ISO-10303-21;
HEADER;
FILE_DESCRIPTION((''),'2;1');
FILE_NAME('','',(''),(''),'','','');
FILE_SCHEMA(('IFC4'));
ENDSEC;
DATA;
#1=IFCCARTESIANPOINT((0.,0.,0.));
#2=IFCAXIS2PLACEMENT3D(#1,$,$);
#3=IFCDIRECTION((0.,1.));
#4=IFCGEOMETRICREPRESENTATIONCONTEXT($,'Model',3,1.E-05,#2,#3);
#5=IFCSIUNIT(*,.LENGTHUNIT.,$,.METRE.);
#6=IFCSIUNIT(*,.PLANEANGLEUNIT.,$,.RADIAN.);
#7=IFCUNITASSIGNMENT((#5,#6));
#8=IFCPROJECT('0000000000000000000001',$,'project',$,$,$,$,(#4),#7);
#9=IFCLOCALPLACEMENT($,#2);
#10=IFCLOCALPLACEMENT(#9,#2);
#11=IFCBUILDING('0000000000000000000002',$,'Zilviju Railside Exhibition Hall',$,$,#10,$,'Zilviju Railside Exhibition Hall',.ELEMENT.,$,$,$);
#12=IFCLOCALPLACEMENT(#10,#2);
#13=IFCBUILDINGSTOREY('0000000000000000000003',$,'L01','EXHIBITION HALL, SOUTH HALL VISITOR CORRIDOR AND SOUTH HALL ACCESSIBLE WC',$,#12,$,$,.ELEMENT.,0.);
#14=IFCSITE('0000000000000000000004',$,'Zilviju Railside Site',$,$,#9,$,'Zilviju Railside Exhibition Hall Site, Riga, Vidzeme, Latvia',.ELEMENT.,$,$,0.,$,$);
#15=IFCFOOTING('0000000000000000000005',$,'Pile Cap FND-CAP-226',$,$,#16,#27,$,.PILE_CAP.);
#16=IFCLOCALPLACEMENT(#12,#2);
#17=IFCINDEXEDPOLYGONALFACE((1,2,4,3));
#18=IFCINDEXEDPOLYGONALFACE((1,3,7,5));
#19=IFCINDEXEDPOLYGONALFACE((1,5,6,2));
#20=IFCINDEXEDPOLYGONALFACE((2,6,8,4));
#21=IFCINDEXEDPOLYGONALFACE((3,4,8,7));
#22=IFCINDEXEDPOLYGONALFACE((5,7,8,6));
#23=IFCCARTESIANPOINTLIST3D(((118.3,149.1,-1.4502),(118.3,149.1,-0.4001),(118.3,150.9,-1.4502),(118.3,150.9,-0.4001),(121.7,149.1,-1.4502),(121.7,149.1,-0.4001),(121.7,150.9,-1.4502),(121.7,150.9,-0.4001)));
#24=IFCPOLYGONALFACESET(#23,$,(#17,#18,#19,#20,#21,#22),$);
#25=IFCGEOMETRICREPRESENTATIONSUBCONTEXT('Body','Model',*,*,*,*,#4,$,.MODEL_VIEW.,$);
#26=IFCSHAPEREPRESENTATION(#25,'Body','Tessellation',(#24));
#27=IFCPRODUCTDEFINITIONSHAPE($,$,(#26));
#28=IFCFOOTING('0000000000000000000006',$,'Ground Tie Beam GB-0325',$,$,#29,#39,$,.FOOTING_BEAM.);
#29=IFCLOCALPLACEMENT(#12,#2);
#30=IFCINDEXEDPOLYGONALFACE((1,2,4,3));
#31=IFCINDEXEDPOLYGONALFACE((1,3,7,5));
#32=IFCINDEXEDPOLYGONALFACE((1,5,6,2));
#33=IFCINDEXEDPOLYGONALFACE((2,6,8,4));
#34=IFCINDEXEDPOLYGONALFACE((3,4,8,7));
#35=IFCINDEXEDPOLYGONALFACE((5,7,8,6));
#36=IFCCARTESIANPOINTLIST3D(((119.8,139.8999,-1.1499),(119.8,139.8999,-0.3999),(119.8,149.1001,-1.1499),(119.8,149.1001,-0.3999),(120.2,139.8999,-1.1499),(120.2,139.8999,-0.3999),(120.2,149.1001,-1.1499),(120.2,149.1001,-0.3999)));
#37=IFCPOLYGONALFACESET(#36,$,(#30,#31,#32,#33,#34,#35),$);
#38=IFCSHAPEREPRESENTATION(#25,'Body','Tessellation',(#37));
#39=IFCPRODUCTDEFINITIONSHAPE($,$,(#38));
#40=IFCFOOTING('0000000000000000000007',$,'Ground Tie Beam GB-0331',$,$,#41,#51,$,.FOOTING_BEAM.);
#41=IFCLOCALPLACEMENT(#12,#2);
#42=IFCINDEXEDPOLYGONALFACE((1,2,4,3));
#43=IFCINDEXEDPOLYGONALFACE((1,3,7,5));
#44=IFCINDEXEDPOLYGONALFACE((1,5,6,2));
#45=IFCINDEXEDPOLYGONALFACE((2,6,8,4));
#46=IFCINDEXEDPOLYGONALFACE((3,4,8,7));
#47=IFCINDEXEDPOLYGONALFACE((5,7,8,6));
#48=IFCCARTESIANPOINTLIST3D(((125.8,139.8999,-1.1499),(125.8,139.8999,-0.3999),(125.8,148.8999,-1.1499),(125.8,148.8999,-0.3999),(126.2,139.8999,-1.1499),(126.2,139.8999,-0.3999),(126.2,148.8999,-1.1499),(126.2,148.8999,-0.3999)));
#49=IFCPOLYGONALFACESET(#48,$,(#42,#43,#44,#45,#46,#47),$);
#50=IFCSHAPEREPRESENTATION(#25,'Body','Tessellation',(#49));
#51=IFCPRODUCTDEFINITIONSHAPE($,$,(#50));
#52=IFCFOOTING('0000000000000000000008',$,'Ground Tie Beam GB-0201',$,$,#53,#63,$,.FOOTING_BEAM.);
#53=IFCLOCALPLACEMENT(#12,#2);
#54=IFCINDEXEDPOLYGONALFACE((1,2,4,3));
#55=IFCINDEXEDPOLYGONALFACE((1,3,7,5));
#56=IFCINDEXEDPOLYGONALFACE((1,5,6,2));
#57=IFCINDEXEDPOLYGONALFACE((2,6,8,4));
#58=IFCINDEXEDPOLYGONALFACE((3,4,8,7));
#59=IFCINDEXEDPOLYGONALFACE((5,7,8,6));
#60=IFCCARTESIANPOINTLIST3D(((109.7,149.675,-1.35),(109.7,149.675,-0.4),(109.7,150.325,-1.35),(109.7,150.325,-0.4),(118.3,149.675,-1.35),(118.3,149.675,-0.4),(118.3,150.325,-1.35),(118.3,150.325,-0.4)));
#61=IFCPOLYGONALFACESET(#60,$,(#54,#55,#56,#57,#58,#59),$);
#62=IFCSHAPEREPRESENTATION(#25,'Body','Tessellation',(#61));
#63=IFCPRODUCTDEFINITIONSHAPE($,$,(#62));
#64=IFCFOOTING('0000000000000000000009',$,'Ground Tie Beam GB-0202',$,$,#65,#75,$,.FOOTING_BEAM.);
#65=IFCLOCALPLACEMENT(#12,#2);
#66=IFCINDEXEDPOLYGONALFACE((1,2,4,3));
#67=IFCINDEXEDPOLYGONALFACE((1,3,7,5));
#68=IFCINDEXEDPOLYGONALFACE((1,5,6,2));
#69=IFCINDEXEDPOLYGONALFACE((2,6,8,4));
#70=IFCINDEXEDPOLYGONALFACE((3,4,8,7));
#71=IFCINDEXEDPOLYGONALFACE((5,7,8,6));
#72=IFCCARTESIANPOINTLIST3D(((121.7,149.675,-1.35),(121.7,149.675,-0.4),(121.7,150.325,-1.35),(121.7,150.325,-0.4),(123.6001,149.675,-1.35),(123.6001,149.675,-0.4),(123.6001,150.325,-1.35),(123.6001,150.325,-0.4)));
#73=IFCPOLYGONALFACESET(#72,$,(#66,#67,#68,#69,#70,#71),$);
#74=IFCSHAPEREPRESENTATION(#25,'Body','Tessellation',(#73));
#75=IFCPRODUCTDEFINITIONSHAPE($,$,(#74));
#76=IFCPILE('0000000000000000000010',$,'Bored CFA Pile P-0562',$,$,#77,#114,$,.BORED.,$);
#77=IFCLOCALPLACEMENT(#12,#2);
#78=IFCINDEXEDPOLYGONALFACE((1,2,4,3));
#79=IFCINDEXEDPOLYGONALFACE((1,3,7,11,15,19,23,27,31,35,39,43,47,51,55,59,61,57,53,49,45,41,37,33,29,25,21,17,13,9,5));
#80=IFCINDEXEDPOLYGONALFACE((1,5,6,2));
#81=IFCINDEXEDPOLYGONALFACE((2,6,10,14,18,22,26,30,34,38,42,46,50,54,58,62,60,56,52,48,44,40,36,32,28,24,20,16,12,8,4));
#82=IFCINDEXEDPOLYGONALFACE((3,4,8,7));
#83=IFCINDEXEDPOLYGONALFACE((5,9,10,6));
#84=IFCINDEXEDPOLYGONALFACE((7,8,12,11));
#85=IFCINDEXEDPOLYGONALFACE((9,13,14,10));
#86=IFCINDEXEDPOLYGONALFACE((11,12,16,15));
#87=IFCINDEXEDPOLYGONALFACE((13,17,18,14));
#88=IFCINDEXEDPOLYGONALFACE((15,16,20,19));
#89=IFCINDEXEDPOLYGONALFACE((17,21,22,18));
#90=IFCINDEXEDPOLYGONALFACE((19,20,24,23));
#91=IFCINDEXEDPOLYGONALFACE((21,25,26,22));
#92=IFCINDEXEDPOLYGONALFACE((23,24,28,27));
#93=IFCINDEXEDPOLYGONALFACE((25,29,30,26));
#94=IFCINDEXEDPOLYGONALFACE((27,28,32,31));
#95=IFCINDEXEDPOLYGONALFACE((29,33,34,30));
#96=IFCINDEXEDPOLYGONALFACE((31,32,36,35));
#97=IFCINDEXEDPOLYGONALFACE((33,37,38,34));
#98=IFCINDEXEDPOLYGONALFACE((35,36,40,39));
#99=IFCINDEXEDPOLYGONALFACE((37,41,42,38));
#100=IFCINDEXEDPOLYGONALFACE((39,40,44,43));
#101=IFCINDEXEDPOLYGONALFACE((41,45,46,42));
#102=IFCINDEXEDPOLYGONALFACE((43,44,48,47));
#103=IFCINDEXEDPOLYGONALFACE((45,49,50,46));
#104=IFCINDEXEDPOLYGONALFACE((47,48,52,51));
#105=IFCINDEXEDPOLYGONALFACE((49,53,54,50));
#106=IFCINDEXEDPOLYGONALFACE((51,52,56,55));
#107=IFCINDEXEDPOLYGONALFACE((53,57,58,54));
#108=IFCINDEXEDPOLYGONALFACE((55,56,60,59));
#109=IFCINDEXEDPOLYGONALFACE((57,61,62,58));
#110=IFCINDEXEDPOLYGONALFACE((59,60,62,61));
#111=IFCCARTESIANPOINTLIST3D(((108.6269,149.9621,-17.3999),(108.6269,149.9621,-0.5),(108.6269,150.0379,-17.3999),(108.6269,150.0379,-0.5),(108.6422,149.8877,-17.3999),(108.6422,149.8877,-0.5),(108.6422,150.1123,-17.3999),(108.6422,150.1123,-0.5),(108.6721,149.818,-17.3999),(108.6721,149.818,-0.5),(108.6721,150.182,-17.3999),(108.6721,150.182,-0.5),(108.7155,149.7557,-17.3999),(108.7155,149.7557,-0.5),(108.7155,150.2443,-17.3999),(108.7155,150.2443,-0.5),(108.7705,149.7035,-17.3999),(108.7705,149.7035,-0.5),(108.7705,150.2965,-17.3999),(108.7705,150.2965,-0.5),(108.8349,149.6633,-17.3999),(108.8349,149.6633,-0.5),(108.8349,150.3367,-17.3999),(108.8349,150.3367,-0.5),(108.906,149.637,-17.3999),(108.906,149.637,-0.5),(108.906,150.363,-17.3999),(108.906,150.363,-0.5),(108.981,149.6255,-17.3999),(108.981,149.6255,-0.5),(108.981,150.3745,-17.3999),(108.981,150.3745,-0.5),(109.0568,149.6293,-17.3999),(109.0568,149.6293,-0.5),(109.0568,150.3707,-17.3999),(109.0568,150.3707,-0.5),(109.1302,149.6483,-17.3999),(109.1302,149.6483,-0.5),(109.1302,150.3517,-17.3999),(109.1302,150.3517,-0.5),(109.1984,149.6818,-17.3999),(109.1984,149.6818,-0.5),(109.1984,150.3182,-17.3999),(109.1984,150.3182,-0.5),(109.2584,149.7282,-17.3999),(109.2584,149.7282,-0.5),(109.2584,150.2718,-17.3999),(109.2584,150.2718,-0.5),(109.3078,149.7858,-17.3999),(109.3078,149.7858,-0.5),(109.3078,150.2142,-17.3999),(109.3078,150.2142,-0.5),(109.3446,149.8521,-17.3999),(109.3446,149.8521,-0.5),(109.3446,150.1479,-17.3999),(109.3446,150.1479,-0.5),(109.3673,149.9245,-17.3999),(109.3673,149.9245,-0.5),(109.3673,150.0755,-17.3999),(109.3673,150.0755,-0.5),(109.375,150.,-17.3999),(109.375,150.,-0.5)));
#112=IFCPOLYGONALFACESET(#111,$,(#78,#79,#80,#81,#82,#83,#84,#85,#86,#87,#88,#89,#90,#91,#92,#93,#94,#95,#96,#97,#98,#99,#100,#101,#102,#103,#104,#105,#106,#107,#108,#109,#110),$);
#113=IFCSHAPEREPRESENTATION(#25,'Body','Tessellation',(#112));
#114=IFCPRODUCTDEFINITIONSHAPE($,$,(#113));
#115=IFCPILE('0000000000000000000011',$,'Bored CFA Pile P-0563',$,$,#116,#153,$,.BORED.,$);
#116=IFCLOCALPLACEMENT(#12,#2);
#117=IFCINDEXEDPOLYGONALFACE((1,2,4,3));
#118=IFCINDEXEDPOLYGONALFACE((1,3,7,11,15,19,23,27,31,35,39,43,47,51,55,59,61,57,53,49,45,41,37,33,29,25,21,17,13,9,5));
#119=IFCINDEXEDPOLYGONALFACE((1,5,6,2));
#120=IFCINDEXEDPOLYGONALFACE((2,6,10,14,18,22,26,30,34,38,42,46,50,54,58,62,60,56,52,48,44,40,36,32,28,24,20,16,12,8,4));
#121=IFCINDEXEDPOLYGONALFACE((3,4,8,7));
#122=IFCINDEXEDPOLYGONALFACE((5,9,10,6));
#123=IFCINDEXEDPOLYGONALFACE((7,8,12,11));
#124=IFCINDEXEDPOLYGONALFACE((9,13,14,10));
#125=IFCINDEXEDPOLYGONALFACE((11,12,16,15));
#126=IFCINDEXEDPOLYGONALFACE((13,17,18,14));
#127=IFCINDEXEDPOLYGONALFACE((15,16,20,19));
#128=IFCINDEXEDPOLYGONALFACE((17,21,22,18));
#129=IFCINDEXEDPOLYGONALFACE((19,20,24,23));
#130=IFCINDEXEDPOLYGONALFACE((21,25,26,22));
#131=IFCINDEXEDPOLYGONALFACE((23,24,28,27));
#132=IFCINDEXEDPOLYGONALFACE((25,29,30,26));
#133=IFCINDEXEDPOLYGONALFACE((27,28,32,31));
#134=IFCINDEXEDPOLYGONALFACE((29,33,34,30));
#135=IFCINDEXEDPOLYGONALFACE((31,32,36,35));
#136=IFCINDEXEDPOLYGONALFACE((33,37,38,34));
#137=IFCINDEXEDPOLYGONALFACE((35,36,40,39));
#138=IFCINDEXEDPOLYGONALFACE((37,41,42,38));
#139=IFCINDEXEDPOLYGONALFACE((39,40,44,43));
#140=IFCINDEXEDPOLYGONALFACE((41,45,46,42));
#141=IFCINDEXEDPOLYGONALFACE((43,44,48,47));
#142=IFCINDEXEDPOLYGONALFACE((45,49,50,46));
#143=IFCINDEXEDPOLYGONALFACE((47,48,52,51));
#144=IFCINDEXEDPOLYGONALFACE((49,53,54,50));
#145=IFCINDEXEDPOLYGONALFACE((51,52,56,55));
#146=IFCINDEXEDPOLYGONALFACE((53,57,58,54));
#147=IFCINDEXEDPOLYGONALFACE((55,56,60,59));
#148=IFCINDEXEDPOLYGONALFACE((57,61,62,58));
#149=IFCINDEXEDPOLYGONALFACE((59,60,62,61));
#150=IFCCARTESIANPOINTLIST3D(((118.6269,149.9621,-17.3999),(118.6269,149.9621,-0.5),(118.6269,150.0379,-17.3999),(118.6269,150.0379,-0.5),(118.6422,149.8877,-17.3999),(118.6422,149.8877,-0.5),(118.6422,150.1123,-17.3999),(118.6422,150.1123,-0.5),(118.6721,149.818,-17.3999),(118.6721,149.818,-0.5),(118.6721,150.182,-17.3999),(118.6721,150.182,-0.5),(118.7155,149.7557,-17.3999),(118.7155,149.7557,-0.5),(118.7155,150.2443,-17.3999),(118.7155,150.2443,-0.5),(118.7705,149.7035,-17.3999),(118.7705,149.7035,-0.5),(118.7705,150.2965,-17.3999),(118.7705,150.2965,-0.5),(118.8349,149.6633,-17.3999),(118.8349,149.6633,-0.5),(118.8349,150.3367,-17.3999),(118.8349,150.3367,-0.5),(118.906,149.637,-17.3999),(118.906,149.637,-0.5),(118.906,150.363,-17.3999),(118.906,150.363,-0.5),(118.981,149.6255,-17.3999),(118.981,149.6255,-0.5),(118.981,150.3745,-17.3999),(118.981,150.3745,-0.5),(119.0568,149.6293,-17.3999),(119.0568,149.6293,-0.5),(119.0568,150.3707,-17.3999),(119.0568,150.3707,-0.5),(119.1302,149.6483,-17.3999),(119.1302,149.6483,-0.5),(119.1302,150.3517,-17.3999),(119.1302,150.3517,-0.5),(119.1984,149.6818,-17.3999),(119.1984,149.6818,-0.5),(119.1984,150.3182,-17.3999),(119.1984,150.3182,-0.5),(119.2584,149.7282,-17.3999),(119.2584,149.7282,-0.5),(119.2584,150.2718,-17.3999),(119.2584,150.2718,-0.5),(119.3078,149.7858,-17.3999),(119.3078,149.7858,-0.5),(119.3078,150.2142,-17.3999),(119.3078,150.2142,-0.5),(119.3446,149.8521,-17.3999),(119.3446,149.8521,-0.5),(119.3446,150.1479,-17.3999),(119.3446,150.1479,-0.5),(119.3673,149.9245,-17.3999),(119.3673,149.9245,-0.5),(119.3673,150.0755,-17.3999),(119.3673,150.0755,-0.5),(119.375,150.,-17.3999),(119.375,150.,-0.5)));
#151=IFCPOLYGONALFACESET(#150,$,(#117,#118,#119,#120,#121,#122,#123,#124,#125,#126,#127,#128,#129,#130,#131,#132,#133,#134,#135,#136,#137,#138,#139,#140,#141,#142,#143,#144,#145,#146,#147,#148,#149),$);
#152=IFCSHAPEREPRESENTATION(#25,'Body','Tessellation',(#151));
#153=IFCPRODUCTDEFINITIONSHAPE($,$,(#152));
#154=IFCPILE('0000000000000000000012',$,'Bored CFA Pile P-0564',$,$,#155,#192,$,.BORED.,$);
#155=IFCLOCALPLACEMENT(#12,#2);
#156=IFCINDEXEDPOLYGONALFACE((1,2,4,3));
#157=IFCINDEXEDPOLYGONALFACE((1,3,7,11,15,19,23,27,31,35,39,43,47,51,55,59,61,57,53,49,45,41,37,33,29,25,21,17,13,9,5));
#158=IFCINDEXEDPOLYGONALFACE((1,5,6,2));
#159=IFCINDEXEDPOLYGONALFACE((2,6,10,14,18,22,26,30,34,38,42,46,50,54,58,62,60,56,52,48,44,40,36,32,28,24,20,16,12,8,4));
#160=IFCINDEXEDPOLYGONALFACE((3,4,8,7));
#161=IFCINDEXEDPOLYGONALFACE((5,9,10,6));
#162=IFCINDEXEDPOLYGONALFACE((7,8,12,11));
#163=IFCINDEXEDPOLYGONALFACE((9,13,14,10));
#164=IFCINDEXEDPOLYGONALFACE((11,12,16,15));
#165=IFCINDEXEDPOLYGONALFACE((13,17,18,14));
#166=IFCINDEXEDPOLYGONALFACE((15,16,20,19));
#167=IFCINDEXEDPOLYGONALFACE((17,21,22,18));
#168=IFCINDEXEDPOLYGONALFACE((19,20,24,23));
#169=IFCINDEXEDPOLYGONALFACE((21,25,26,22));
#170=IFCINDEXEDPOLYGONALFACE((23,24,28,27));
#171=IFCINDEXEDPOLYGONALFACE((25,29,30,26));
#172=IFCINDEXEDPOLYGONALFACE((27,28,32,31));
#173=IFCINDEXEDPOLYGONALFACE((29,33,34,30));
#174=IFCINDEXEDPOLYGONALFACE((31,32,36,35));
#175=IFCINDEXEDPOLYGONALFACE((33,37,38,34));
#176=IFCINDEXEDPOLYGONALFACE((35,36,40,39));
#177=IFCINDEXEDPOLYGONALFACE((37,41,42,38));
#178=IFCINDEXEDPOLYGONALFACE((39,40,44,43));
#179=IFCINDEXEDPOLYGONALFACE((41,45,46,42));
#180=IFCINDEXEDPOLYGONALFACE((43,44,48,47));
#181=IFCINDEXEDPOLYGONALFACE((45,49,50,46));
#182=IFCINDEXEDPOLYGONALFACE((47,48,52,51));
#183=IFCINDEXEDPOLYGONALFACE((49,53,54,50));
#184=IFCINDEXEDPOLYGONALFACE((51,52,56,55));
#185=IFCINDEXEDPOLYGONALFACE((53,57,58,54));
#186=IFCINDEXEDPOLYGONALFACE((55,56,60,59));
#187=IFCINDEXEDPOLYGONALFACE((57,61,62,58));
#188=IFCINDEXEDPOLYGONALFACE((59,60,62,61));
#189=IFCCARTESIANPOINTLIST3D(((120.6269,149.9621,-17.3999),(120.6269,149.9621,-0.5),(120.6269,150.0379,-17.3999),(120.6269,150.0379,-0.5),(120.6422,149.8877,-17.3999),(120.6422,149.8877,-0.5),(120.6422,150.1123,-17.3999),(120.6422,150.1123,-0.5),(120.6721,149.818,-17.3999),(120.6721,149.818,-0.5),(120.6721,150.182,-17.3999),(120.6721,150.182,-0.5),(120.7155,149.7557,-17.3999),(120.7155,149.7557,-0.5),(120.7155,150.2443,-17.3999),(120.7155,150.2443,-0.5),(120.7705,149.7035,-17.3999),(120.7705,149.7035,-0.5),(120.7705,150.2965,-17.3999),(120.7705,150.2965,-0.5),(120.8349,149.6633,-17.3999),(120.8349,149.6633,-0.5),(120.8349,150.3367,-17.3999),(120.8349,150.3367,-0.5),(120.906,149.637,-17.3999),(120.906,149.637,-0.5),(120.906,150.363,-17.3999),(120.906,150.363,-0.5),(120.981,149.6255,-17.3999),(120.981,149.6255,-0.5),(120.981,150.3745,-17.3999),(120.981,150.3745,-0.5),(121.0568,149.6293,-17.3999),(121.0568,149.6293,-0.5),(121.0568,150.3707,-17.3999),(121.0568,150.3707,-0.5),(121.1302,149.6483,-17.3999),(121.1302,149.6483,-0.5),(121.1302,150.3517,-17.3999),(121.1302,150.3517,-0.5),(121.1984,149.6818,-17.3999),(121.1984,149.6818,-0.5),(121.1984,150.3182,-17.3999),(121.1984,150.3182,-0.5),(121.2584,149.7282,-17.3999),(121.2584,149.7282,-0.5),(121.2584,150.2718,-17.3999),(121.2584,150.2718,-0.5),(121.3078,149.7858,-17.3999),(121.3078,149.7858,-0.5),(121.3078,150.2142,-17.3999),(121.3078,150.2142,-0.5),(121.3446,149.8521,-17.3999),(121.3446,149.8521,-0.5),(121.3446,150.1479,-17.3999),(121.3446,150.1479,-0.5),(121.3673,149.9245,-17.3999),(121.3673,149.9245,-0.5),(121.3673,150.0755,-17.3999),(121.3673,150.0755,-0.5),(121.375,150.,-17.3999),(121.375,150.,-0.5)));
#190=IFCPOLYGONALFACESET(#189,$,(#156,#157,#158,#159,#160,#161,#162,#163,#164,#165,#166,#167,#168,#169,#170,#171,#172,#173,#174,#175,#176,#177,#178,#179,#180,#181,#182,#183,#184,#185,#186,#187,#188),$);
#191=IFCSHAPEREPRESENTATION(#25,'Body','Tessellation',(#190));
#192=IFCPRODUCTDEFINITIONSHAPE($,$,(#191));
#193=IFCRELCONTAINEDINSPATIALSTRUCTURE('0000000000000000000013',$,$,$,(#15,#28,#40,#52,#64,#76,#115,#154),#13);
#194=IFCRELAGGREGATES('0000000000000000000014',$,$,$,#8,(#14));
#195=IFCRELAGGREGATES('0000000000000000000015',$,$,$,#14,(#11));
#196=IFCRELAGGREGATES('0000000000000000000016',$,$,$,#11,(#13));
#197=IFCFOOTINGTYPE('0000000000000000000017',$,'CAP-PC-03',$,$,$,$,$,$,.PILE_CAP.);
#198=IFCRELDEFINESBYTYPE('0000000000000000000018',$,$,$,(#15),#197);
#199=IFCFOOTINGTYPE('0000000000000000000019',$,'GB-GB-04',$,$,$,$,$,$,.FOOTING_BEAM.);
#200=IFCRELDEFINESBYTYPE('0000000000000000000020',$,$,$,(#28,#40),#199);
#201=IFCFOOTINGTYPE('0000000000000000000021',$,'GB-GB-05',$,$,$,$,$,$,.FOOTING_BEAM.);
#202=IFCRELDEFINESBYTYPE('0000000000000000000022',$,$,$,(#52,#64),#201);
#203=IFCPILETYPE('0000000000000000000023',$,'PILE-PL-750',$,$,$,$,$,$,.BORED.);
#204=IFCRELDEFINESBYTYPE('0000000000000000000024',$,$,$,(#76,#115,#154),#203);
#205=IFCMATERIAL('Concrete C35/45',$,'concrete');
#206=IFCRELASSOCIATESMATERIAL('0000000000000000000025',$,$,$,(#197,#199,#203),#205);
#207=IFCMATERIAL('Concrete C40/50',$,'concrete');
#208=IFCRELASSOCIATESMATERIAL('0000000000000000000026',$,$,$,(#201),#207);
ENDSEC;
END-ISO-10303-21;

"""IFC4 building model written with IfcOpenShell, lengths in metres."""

from ifc_helpers import new_model, si_unit, direction, frame, origin, origin_2d, place, context, subcontext, project, spatial, rectangle, circle, extrude, material, material_profile, profile_set, type_object, element, save


model = new_model("IFC4")

# Units and contexts
model_context = context("Model", 3, precision=1e-05, world=origin(), true_north=direction((0.0, 1.0)))
body_context = subcontext(model_context, "Body", "Model", "MODEL_VIEW")
ifc_project = project(units=[si_unit("LENGTHUNIT", "METRE"), si_unit("PLANEANGLEUNIT", "RADIAN")], contexts=[model_context])

# Site, building, storey
site_placement = place(None, origin())
site = spatial("IfcSite", under=ifc_project, at=site_placement, Name="Zilviju Railside Site", LongName="Zilviju Railside Exhibition Hall Site, Riga, Vidzeme, Latvia", CompositionType="ELEMENT", RefElevation=0.0)
building_placement = place(site_placement, origin())
building = spatial("IfcBuilding", under=site, at=building_placement, Name="Zilviju Railside Exhibition Hall", LongName="Zilviju Railside Exhibition Hall", CompositionType="ELEMENT")
storey_placement = place(building_placement, origin())
storey = spatial("IfcBuildingStorey", under=building, at=storey_placement, Name="L01", Description="EXHIBITION HALL, SOUTH HALL VISITOR CORRIDOR AND SOUTH HALL ACCESSIBLE WC", CompositionType="ELEMENT", Elevation=0.0)

# Footings
ifc_material_1 = material(Name="Concrete C35/45", Category="concrete")
footing_type_1 = type_object("IfcFootingType", Name="CAP-PC-03", PredefinedType="PILE_CAP", material=ifc_material_1)
footing_1_placement = place(storey_placement, frame((120.0, 150.0, -1.4502), z_axis=(0.0, 0.0, 1.0), x_axis=(1.0, 0.0, 0.0)))
element("IfcFooting", 1, at=footing_1_placement, inside=storey, type_object=footing_type_1, Name="Pile Cap FND-CAP-226", PredefinedType="PILE_CAP", context=body_context, shape_type="SweptSolid", body=[
    extrude(rectangle(XDim=3.3999, YDim=1.8, at=origin_2d()), origin(), (0.0, 0.0, 1.0), 1.05),
])
ifc_material_profile_1 = material_profile(ifc_material_1, rectangle(XDim=0.3999, YDim=0.75, at=origin_2d()), Name="TIE BEAM 400x750")
ifc_profile_set_1 = profile_set([ifc_material_profile_1], Name="Concrete C35/45")
footing_type_2 = type_object("IfcFootingType", Name="GB-GB-04", PredefinedType="FOOTING_BEAM", material=ifc_profile_set_1)
footing_2_placement = place(storey_placement, frame((120.0, 139.8999, -0.7749), z_axis=(0.0, 1.0, 0.0), x_axis=(-1.0, 0.0, 0.0)))
element("IfcFooting", 2, at=footing_2_placement, inside=storey, type_object=footing_type_2, Name="Ground Tie Beam GB-0325", PredefinedType="FOOTING_BEAM", context=body_context, shape_type="SweptSolid", body=[
    extrude(rectangle(XDim=0.3999, YDim=0.75, at=origin_2d()), origin(), (0.0, 0.0, 1.0), 9.2002),
])
footing_3_placement = place(storey_placement, frame((126.0, 139.8999, -0.7749), z_axis=(0.0, 1.0, 0.0), x_axis=(-1.0, 0.0, 0.0)))
element("IfcFooting", 3, at=footing_3_placement, inside=storey, type_object=footing_type_2, Name="Ground Tie Beam GB-0331", PredefinedType="FOOTING_BEAM", context=body_context, shape_type="SweptSolid", body=[
    extrude(rectangle(XDim=0.3999, YDim=0.75, at=origin_2d()), origin(), (0.0, 0.0, 1.0), 9.0),
])
ifc_material_2 = material(Name="Concrete C40/50", Category="concrete")
ifc_material_profile_2 = material_profile(ifc_material_2, rectangle(XDim=0.6499, YDim=0.95, at=origin_2d()), Name="TIE BEAM 650x950")
ifc_profile_set_2 = profile_set([ifc_material_profile_2], Name="Concrete C40/50")
footing_type_3 = type_object("IfcFootingType", Name="GB-GB-05", PredefinedType="FOOTING_BEAM", material=ifc_profile_set_2)
footing_4_placement = place(storey_placement, frame((109.7, 150.0, -0.875), z_axis=(1.0, 0.0, 0.0), x_axis=(0.0, 1.0, 0.0)))
element("IfcFooting", 4, at=footing_4_placement, inside=storey, type_object=footing_type_3, Name="Ground Tie Beam GB-0201", PredefinedType="FOOTING_BEAM", context=body_context, shape_type="SweptSolid", body=[
    extrude(rectangle(XDim=0.6499, YDim=0.95, at=origin_2d()), origin(), (0.0, 0.0, 1.0), 8.6001),
])
footing_5_placement = place(storey_placement, frame((121.7, 150.0, -0.875), z_axis=(1.0, 0.0, 0.0), x_axis=(0.0, 1.0, 0.0)))
element("IfcFooting", 5, at=footing_5_placement, inside=storey, type_object=footing_type_3, Name="Ground Tie Beam GB-0202", PredefinedType="FOOTING_BEAM", context=body_context, shape_type="SweptSolid", body=[
    extrude(rectangle(XDim=0.6499, YDim=0.95, at=origin_2d()), origin(), (0.0, 0.0, 1.0), 1.9001),
])

# Piles
ifc_material_profile_3 = material_profile(ifc_material_1, circle(Radius=0.375, at=origin_2d()), Name="CFA PILE D750")
ifc_profile_set_3 = profile_set([ifc_material_profile_3], Name="Concrete C35/45")
pile_type_1 = type_object("IfcPileType", Name="PILE-PL-750", PredefinedType="BORED", material=ifc_profile_set_3)
for number, where, z_axis, x_axis, name in (
    (6, (109.0, 150.0, -0.5), (0.0, 0.0, -1.0), (1.0, 0.0, 0.0), "Bored CFA Pile P-0562"),
    (7, (119.0, 150.0, -0.5), (0.0, 0.0, -1.0), (1.0, 0.0, 0.0), "Bored CFA Pile P-0563"),
    (8, (121.0, 150.0, -0.5), (0.0, 0.0, -1.0), (1.0, 0.0, 0.0), "Bored CFA Pile P-0564"),
):
    element("IfcPile", number, at=place(storey_placement, frame(where, z_axis=z_axis, x_axis=x_axis)), inside=storey, type_object=pile_type_1, Name=name, PredefinedType="BORED", context=body_context, shape_type="SweptSolid", body=[
        extrude(circle(Radius=0.375, at=origin_2d()), origin(), (0.0, 0.0, 1.0), 16.8999),
    ])

save(model, "model.ifc")
